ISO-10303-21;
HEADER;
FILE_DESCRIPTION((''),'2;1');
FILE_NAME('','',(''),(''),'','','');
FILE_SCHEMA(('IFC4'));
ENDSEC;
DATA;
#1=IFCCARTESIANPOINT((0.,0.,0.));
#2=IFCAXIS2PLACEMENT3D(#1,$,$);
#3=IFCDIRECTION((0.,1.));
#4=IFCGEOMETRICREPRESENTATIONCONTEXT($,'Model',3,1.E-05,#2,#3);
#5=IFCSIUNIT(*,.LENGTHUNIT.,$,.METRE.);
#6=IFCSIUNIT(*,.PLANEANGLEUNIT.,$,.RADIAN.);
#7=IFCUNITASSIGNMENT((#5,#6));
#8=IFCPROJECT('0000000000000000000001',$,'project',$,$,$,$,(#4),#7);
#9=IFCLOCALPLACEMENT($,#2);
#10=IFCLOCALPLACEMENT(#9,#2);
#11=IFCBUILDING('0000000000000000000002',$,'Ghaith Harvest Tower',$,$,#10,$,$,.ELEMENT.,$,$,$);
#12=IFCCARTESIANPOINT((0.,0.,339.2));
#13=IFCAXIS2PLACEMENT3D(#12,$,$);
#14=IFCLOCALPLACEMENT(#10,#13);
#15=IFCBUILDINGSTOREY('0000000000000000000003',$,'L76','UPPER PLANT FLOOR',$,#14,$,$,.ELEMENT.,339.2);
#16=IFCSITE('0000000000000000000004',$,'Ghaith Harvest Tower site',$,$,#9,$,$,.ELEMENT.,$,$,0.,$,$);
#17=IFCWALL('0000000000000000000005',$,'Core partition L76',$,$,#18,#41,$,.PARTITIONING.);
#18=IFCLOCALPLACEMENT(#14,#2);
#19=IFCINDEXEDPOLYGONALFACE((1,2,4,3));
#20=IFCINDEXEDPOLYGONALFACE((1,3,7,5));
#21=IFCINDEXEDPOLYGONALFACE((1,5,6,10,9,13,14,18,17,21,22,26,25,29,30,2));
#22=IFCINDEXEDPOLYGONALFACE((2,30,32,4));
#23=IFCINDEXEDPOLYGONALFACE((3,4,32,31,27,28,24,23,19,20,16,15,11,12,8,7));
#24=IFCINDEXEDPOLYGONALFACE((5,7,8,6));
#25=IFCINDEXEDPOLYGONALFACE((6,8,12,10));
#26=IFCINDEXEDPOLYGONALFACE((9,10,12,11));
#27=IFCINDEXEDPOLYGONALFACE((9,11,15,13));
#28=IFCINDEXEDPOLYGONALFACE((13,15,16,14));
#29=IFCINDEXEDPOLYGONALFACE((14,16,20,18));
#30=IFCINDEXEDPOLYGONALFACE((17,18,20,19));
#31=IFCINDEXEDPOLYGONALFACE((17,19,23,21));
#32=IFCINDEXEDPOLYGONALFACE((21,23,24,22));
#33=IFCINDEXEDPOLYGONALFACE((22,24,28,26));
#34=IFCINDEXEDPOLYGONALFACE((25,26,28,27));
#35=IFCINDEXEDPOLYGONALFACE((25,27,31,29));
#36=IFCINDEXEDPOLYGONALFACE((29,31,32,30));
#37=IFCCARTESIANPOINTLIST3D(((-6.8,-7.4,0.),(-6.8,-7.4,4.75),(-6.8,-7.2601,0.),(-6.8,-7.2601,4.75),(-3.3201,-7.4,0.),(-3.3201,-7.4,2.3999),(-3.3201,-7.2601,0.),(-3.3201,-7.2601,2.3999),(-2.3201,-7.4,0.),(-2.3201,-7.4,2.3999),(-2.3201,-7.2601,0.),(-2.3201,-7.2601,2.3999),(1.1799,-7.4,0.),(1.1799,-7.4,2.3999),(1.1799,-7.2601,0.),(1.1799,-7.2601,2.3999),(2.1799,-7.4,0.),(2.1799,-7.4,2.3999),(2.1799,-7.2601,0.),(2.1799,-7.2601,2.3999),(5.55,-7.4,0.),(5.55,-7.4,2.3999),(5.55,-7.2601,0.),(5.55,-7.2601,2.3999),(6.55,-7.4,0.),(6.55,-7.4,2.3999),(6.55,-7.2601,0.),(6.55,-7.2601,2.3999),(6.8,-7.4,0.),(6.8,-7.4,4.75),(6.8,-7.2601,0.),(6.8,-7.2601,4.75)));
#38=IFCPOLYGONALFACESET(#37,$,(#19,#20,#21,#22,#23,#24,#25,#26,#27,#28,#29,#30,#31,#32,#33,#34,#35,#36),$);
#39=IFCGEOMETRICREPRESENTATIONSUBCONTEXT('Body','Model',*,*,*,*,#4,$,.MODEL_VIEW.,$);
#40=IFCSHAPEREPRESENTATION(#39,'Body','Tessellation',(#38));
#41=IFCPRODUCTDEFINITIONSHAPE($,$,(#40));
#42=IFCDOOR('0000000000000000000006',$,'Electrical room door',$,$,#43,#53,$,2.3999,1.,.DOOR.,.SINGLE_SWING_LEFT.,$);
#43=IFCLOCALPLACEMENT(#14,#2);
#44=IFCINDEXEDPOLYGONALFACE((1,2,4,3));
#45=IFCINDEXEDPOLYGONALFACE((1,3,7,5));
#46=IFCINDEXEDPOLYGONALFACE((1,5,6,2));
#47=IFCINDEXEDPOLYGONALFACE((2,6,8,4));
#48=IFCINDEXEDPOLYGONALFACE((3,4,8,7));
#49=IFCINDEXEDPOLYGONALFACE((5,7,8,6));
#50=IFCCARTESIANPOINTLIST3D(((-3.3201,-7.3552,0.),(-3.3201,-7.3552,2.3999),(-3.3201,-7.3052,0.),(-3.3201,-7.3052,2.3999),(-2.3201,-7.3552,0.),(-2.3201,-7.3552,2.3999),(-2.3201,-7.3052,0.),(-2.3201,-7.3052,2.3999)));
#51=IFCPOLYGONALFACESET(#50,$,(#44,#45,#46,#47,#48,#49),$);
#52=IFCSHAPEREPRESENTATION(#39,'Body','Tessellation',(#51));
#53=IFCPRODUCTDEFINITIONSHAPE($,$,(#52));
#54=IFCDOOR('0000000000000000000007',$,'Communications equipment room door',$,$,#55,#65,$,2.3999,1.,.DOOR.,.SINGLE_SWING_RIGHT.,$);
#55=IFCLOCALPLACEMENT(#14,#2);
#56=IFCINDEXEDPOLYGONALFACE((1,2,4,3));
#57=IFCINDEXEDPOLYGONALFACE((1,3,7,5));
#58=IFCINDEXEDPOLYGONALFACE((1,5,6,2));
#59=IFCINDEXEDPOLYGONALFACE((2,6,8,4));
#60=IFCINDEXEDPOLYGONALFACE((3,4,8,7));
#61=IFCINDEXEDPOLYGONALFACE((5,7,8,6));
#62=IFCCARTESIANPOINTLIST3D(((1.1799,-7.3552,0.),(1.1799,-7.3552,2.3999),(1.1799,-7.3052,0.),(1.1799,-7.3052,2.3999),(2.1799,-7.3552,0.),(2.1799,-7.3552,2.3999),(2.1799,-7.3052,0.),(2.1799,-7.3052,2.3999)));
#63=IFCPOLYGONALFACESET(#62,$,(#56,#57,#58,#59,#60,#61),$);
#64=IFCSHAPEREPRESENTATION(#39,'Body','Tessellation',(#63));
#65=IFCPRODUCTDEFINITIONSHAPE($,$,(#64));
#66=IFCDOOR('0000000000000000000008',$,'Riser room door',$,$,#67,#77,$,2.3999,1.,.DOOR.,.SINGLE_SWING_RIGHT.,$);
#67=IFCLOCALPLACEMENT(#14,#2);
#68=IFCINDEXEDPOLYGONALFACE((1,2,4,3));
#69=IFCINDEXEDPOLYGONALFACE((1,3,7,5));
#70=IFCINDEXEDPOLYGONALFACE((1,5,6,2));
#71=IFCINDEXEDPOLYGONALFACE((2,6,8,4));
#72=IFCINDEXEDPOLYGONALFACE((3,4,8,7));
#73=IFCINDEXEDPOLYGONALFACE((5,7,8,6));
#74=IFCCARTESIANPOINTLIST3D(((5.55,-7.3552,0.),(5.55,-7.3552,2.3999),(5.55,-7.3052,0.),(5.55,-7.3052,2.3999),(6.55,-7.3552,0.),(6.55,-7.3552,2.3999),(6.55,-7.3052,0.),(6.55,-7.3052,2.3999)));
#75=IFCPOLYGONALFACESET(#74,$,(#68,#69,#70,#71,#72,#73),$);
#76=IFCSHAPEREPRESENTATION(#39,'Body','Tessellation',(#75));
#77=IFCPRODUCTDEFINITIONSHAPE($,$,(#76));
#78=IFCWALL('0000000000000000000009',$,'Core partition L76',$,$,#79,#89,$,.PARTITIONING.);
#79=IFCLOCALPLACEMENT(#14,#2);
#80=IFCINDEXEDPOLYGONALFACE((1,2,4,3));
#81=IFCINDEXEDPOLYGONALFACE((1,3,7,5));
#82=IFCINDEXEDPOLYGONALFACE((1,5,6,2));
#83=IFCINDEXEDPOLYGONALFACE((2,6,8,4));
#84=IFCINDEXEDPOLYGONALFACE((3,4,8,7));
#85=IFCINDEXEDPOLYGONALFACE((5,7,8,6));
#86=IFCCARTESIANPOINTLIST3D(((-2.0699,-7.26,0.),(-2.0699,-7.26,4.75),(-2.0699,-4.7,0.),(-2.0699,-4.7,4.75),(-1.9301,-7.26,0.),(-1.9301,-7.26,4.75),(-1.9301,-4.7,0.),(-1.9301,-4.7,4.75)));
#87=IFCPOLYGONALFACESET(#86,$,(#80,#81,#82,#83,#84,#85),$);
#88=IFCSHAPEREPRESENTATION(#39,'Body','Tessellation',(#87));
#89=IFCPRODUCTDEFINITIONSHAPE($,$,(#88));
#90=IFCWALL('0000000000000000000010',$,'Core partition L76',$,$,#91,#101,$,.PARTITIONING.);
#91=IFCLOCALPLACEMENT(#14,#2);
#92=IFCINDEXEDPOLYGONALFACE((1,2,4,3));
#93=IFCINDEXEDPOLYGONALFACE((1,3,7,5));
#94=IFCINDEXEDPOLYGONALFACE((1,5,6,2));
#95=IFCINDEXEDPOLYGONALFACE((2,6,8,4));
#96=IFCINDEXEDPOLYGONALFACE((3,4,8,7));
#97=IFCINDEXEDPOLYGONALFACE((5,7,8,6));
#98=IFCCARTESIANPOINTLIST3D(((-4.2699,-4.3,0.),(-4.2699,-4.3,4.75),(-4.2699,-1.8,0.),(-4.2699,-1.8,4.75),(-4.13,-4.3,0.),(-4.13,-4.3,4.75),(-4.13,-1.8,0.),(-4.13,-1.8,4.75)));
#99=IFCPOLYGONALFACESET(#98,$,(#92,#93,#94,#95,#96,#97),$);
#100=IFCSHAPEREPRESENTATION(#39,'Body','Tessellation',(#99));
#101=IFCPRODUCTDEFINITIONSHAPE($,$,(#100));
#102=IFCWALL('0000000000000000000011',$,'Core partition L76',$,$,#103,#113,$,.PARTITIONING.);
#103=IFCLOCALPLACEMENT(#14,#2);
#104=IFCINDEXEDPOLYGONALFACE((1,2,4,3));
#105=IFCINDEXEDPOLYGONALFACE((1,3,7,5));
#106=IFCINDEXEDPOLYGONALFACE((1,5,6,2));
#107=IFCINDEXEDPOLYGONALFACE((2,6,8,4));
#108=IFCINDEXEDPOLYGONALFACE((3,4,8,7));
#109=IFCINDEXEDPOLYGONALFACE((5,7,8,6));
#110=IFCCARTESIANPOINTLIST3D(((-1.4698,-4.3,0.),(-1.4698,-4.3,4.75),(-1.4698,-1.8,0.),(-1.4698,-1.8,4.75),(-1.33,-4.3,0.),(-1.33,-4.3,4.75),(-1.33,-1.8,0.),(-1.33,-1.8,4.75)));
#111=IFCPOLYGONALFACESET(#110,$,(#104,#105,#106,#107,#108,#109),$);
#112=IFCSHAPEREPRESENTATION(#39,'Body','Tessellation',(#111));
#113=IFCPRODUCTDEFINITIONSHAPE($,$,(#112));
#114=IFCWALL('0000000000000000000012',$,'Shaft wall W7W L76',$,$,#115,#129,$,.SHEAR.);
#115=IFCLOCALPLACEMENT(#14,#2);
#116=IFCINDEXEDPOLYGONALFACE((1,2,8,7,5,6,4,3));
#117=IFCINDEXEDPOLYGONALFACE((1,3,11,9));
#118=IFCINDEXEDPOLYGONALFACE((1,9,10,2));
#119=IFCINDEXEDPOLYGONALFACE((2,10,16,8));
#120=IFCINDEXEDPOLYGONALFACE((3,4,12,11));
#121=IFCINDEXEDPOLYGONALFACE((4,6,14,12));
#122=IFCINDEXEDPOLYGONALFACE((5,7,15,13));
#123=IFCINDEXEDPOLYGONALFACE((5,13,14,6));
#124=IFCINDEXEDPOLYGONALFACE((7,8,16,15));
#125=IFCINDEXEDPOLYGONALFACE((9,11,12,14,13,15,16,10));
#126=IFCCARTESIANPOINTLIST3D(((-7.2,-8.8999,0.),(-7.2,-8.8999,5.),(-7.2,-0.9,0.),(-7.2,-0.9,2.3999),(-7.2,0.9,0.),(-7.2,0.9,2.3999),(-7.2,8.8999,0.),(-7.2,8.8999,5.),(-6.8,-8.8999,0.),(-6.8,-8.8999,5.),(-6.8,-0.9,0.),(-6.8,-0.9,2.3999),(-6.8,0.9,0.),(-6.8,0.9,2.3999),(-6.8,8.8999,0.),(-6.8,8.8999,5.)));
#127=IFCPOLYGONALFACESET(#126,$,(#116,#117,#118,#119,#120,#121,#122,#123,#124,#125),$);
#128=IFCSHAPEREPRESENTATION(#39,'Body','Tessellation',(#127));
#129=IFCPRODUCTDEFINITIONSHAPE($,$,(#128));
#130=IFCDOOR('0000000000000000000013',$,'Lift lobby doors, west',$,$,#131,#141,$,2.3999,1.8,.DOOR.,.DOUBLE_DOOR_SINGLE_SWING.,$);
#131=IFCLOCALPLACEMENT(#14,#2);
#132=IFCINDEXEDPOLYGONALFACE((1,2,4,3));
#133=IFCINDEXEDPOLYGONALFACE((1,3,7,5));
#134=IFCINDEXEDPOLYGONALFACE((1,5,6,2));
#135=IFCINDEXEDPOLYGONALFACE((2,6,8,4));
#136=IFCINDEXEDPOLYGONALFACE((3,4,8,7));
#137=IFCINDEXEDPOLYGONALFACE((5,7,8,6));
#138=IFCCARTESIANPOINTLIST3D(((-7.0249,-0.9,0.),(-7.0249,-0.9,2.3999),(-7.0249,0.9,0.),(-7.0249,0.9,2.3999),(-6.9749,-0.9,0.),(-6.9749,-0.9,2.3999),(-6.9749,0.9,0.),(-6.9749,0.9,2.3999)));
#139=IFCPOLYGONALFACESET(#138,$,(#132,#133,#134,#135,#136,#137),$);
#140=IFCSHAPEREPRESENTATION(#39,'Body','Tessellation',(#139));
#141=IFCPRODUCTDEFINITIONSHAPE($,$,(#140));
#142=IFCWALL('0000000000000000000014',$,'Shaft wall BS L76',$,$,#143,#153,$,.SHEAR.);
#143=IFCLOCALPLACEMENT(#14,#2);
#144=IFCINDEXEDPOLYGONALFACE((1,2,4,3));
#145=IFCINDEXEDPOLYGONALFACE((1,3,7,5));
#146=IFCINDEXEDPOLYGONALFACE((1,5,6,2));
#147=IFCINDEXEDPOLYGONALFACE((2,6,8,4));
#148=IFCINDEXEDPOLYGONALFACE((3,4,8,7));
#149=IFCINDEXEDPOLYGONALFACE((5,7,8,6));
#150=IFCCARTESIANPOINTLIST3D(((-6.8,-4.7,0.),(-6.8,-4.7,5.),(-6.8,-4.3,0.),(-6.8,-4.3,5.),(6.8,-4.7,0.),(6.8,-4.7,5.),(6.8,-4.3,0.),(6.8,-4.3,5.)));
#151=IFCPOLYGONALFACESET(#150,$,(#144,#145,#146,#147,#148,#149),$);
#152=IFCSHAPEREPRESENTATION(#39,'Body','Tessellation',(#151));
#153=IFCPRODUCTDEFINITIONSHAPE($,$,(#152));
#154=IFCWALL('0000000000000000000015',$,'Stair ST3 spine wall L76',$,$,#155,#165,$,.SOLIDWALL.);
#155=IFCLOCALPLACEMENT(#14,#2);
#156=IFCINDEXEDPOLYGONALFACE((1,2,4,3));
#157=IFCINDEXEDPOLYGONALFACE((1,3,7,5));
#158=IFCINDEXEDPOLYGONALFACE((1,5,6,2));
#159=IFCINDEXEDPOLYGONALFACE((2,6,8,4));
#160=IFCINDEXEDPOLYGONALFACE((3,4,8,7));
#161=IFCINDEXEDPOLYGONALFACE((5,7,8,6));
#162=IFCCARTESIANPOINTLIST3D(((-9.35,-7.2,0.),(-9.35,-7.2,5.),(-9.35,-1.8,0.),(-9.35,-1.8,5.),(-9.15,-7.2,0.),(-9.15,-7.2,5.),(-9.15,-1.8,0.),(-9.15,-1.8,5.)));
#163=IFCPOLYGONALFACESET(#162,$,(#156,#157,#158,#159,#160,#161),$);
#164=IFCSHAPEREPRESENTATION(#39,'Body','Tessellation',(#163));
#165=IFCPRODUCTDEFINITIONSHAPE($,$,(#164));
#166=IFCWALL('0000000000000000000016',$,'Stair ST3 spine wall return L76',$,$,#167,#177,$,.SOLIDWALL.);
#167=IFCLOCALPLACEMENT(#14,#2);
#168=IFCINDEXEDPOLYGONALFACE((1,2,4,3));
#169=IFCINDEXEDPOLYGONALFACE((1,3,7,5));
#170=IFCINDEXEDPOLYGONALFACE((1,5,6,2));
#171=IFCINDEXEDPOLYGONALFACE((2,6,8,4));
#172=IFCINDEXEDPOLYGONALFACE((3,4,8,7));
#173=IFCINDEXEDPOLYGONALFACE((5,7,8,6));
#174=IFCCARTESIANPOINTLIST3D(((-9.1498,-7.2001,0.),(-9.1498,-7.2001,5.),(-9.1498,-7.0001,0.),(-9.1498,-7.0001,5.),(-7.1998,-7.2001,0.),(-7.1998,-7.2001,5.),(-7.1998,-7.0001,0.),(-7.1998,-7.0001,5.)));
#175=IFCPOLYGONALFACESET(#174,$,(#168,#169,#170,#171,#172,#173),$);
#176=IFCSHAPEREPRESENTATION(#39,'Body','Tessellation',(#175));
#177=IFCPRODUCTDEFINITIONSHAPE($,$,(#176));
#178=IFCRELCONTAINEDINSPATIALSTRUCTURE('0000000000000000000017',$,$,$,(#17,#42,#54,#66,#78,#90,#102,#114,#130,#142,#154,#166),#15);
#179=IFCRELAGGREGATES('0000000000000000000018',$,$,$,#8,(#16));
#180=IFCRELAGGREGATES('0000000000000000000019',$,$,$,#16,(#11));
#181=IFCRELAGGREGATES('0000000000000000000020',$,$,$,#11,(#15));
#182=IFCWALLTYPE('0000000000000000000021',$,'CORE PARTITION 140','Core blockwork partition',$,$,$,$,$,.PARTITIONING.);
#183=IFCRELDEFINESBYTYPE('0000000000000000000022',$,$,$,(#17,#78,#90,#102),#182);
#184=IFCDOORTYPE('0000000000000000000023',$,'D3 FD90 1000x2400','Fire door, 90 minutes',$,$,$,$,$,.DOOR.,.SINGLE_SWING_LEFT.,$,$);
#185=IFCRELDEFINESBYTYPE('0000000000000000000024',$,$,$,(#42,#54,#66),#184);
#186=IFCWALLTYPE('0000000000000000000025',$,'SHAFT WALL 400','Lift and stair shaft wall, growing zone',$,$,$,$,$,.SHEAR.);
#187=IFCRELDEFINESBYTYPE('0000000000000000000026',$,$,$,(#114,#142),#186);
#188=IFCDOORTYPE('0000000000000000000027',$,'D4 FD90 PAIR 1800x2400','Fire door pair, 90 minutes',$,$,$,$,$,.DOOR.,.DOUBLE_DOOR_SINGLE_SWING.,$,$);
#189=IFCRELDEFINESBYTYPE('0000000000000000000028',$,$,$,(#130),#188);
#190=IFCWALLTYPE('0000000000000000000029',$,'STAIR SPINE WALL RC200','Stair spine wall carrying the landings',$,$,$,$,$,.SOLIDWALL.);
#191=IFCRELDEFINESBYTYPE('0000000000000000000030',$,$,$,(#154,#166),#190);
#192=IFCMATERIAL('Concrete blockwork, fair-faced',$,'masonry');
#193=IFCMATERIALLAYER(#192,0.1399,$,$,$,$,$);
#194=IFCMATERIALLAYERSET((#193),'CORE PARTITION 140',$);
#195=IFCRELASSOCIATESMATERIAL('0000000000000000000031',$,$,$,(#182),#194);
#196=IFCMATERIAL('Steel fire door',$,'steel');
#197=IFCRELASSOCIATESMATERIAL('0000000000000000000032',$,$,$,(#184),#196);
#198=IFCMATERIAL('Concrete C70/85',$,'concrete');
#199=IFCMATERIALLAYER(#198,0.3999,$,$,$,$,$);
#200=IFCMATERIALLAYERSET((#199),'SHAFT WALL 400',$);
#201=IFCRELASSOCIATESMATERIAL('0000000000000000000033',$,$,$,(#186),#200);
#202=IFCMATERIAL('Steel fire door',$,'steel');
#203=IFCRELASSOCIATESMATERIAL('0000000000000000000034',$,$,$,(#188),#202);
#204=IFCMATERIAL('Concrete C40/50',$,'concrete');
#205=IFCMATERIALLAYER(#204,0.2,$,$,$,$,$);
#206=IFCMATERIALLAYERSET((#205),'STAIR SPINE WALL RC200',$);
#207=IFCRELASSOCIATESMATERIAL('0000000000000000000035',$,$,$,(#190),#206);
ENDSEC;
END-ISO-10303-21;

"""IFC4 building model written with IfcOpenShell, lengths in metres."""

from ifc_helpers import new_model, si_unit, direction, frame, frame_2d, origin, place, context, subcontext, project, spatial, rectangle, extrude, material, layer, layer_set, type_object, element, fill, save


model = new_model("IFC4")

# Units and contexts
model_context = context("Model", 3, precision=1e-05, world=origin(), true_north=direction((0.0, 1.0)))
body_context = subcontext(model_context, "Body", "Model", "MODEL_VIEW")
ifc_project = project(units=[si_unit("LENGTHUNIT", "METRE"), si_unit("PLANEANGLEUNIT", "RADIAN")], contexts=[model_context])

# Site, building, storey
site_placement = place(None, origin())
site = spatial("IfcSite", under=ifc_project, at=site_placement, Name="Ghaith Harvest Tower site", CompositionType="ELEMENT", RefElevation=0.0)
building_placement = place(site_placement, origin())
building = spatial("IfcBuilding", under=site, at=building_placement, Name="Ghaith Harvest Tower", CompositionType="ELEMENT")
storey_placement = place(building_placement, frame((0.0, 0.0, 339.2)))
storey = spatial("IfcBuildingStorey", under=building, at=storey_placement, Name="L76", Description="UPPER PLANT FLOOR", CompositionType="ELEMENT", Elevation=339.2)

# Wall, openings, doors
ifc_material_1 = material(Name="Concrete blockwork, fair-faced", Category="masonry")
ifc_layer_1 = layer(ifc_material_1, 0.1399)
ifc_layer_set_1 = layer_set([ifc_layer_1], Name="CORE PARTITION 140")
wall_type_1 = type_object("IfcWallType", Name="CORE PARTITION 140", Description="Core blockwork partition", PredefinedType="PARTITIONING", material=ifc_layer_set_1)
wall_1_placement = place(storey_placement, frame((-6.8, -7.3301, 0.0), z_axis=(0.0, 0.0, 1.0), x_axis=(1.0, 0.0, 0.0)))
wall_1 = element("IfcWall", 1, at=wall_1_placement, inside=storey, type_object=wall_type_1, Name="Core partition L76", PredefinedType="PARTITIONING", context=body_context, shape_type="SweptSolid", body=[
    extrude(rectangle(XDim=13.6001, YDim=0.1399, at=frame_2d((6.8, 0.0))), origin(), (0.0, 0.0, 1.0), 4.75),
])
opening_1_placement = place(wall_1_placement, frame((3.48, 0.0, 0.0)))
opening_1 = element("IfcOpeningElement", 2, at=opening_1_placement, cuts=wall_1, PredefinedType="OPENING", context=body_context, shape_type="SweptSolid", body=[
    extrude(rectangle(XDim=1.0, YDim=2.3999, at=frame_2d((0.5, 1.2))), frame((0.0, 0.0801, 0.0), z_axis=(0.0, -1.0, 0.0), x_axis=(1.0, 0.0, 0.0)), (0.0, 0.0, 1.0), 0.1599),
])
opening_2_placement = place(wall_1_placement, frame((7.98, 0.0, 0.0)))
opening_2 = element("IfcOpeningElement", 3, at=opening_2_placement, cuts=wall_1, PredefinedType="OPENING", context=body_context, shape_type="SweptSolid", body=[
    extrude(rectangle(XDim=1.0, YDim=2.3999, at=frame_2d((0.5, 1.2))), frame((0.0, 0.0801, 0.0), z_axis=(0.0, -1.0, 0.0), x_axis=(1.0, 0.0, 0.0)), (0.0, 0.0, 1.0), 0.1599),
])
opening_3_placement = place(wall_1_placement, frame((12.3501, 0.0, 0.0)))
opening_3 = element("IfcOpeningElement", 4, at=opening_3_placement, cuts=wall_1, PredefinedType="OPENING", context=body_context, shape_type="SweptSolid", body=[
    extrude(rectangle(XDim=1.0, YDim=2.3999, at=frame_2d((0.5, 1.2))), frame((0.0, 0.0801, 0.0), z_axis=(0.0, -1.0, 0.0), x_axis=(1.0, 0.0, 0.0)), (0.0, 0.0, 1.0), 0.1599),
])
ifc_material_2 = material(Name="Steel fire door", Category="steel")
door_type_1 = type_object("IfcDoorType", Name="D3 FD90 1000x2400", Description="Fire door, 90 minutes", OperationType="SINGLE_SWING_LEFT", PredefinedType="DOOR", material=ifc_material_2)
door_1_placement = place(opening_1_placement, origin())
door_1 = element("IfcDoor", 5, at=door_1_placement, inside=storey, type_object=door_type_1, Name="Electrical room door", OperationType="SINGLE_SWING_LEFT", OverallHeight=2.3999, OverallWidth=1.0, PredefinedType="DOOR", context=body_context, shape_type="SweptSolid", body=[
    extrude(rectangle(XDim=1.0, YDim=2.3999, at=frame_2d((0.5, 1.2))), frame((0.0, 0.0249, 0.0), z_axis=(0.0, -1.0, 0.0), x_axis=(1.0, 0.0, 0.0)), (0.0, 0.0, 1.0), 0.05),
])
fill(opening_1, door_1)
door_2_placement = place(opening_2_placement, origin())
door_2 = element("IfcDoor", 6, at=door_2_placement, inside=storey, type_object=door_type_1, Name="Communications equipment room door", OperationType="SINGLE_SWING_RIGHT", OverallHeight=2.3999, OverallWidth=1.0, PredefinedType="DOOR", context=body_context, shape_type="SweptSolid", body=[
    extrude(rectangle(XDim=1.0, YDim=2.3999, at=frame_2d((0.5, 1.2))), frame((0.0, 0.0249, 0.0), z_axis=(0.0, -1.0, 0.0), x_axis=(1.0, 0.0, 0.0)), (0.0, 0.0, 1.0), 0.05),
])
fill(opening_2, door_2)
door_3_placement = place(opening_3_placement, origin())
door_3 = element("IfcDoor", 7, at=door_3_placement, inside=storey, type_object=door_type_1, Name="Riser room door", OperationType="SINGLE_SWING_RIGHT", OverallHeight=2.3999, OverallWidth=1.0, PredefinedType="DOOR", context=body_context, shape_type="SweptSolid", body=[
    extrude(rectangle(XDim=1.0, YDim=2.3999, at=frame_2d((0.5, 1.2))), frame((0.0, 0.0249, 0.0), z_axis=(0.0, -1.0, 0.0), x_axis=(1.0, 0.0, 0.0)), (0.0, 0.0, 1.0), 0.05),
])
fill(opening_3, door_3)

# Walls
wall_2_placement = place(storey_placement, frame((-2.0, -4.7, 0.0), z_axis=(0.0, 0.0, 1.0), x_axis=(0.0, -1.0, 0.0)))
element("IfcWall", 8, at=wall_2_placement, inside=storey, type_object=wall_type_1, Name="Core partition L76", PredefinedType="PARTITIONING", context=body_context, shape_type="SweptSolid", body=[
    extrude(rectangle(XDim=2.5601, YDim=0.1399, at=frame_2d((1.28, 0.0))), origin(), (0.0, 0.0, 1.0), 4.75),
])
for number, where, z_axis, x_axis, name in (
    (9, (-4.2, -1.8, 0.0), (0.0, 0.0, 1.0), (0.0, -1.0, 0.0), "Core partition L76"),
    (10, (-1.3999, -1.8, 0.0), (0.0, 0.0, 1.0), (0.0, -1.0, 0.0), "Core partition L76"),
):
    element("IfcWall", number, at=place(storey_placement, frame(where, z_axis=z_axis, x_axis=x_axis)), inside=storey, type_object=wall_type_1, Name=name, PredefinedType="PARTITIONING", context=body_context, shape_type="SweptSolid", body=[
        extrude(rectangle(XDim=2.5, YDim=0.1399, at=frame_2d((1.25, 0.0))), origin(), (0.0, 0.0, 1.0), 4.75),
    ])

# Wall, opening, door
ifc_material_3 = material(Name="Concrete C70/85", Category="concrete")
ifc_layer_2 = layer(ifc_material_3, 0.3999)
ifc_layer_set_2 = layer_set([ifc_layer_2], Name="SHAFT WALL 400")
wall_type_2 = type_object("IfcWallType", Name="SHAFT WALL 400", Description="Lift and stair shaft wall, growing zone", PredefinedType="SHEAR", material=ifc_layer_set_2)
wall_3_placement = place(storey_placement, frame((-7.0, -8.8999, 0.0), z_axis=(0.0, 0.0, 1.0), x_axis=(0.0, 1.0, 0.0)))
wall_3 = element("IfcWall", 11, at=wall_3_placement, inside=storey, type_object=wall_type_2, Name="Shaft wall W7W L76", PredefinedType="SHEAR", context=body_context, shape_type="SweptSolid", body=[
    extrude(rectangle(XDim=17.7998, YDim=0.3999, at=frame_2d((8.8999, 0.0))), origin(), (0.0, 0.0, 1.0), 5.0),
])
opening_4_placement = place(wall_3_placement, frame((8.0, 0.0, 0.0)))
opening_4 = element("IfcOpeningElement", 12, at=opening_4_placement, cuts=wall_3, PredefinedType="OPENING", context=body_context, shape_type="SweptSolid", body=[
    extrude(rectangle(XDim=1.8, YDim=2.3999, at=frame_2d((0.8999, 1.2))), frame((0.0, 0.21, 0.0), z_axis=(0.0, -1.0, 0.0), x_axis=(1.0, 0.0, 0.0)), (0.0, 0.0, 1.0), 0.4199),
])
ifc_material_4 = material(Name="Steel fire door", Category="steel")
door_type_2 = type_object("IfcDoorType", Name="D4 FD90 PAIR 1800x2400", Description="Fire door pair, 90 minutes", OperationType="DOUBLE_DOOR_SINGLE_SWING", PredefinedType="DOOR", material=ifc_material_4)
door_4_placement = place(opening_4_placement, origin())
door_4 = element("IfcDoor", 13, at=door_4_placement, inside=storey, type_object=door_type_2, Name="Lift lobby doors, west", OperationType="DOUBLE_DOOR_SINGLE_SWING", OverallHeight=2.3999, OverallWidth=1.8, PredefinedType="DOOR", context=body_context, shape_type="SweptSolid", body=[
    extrude(rectangle(XDim=1.8, YDim=2.3999, at=frame_2d((0.8999, 1.2))), frame((0.0, 0.0249, 0.0), z_axis=(0.0, -1.0, 0.0), x_axis=(1.0, 0.0, 0.0)), (0.0, 0.0, 1.0), 0.05),
])
fill(opening_4, door_4)

# Walls
wall_4_placement = place(storey_placement, frame((-6.8, -4.5, 0.0), z_axis=(0.0, 0.0, 1.0), x_axis=(1.0, 0.0, 0.0)))
element("IfcWall", 14, at=wall_4_placement, inside=storey, type_object=wall_type_2, Name="Shaft wall BS L76", PredefinedType="SHEAR", context=body_context, shape_type="SweptSolid", body=[
    extrude(rectangle(XDim=13.6001, YDim=0.3999, at=frame_2d((6.8, 0.0))), origin(), (0.0, 0.0, 1.0), 5.0),
])
ifc_material_5 = material(Name="Concrete C40/50", Category="concrete")
ifc_layer_3 = layer(ifc_material_5, 0.2)
ifc_layer_set_3 = layer_set([ifc_layer_3], Name="STAIR SPINE WALL RC200")
wall_type_3 = type_object("IfcWallType", Name="STAIR SPINE WALL RC200", Description="Stair spine wall carrying the landings", PredefinedType="SOLIDWALL", material=ifc_layer_set_3)
wall_5_placement = place(storey_placement, frame((-9.25, -7.2, 0.0), z_axis=(0.0, 0.0, 1.0), x_axis=(0.0, 1.0, 0.0)))
element("IfcWall", 15, at=wall_5_placement, inside=storey, type_object=wall_type_3, Name="Stair ST3 spine wall L76", PredefinedType="SOLIDWALL", context=body_context, shape_type="SweptSolid", body=[
    extrude(rectangle(XDim=5.3999, YDim=0.2, at=frame_2d((2.7, 0.0))), origin(), (0.0, 0.0, 1.0), 5.0),
])
wall_6_placement = place(storey_placement, frame((-9.1499, -7.1001, 0.0), z_axis=(0.0, 0.0, 1.0), x_axis=(1.0, 0.0, 0.0)))
element("IfcWall", 16, at=wall_6_placement, inside=storey, type_object=wall_type_3, Name="Stair ST3 spine wall return L76", PredefinedType="SOLIDWALL", context=body_context, shape_type="SweptSolid", body=[
    extrude(rectangle(XDim=1.95, YDim=0.2, at=frame_2d((0.9751, 0.0))), origin(), (0.0, 0.0, 1.0), 5.0),
])

save(model, "model.ifc")
